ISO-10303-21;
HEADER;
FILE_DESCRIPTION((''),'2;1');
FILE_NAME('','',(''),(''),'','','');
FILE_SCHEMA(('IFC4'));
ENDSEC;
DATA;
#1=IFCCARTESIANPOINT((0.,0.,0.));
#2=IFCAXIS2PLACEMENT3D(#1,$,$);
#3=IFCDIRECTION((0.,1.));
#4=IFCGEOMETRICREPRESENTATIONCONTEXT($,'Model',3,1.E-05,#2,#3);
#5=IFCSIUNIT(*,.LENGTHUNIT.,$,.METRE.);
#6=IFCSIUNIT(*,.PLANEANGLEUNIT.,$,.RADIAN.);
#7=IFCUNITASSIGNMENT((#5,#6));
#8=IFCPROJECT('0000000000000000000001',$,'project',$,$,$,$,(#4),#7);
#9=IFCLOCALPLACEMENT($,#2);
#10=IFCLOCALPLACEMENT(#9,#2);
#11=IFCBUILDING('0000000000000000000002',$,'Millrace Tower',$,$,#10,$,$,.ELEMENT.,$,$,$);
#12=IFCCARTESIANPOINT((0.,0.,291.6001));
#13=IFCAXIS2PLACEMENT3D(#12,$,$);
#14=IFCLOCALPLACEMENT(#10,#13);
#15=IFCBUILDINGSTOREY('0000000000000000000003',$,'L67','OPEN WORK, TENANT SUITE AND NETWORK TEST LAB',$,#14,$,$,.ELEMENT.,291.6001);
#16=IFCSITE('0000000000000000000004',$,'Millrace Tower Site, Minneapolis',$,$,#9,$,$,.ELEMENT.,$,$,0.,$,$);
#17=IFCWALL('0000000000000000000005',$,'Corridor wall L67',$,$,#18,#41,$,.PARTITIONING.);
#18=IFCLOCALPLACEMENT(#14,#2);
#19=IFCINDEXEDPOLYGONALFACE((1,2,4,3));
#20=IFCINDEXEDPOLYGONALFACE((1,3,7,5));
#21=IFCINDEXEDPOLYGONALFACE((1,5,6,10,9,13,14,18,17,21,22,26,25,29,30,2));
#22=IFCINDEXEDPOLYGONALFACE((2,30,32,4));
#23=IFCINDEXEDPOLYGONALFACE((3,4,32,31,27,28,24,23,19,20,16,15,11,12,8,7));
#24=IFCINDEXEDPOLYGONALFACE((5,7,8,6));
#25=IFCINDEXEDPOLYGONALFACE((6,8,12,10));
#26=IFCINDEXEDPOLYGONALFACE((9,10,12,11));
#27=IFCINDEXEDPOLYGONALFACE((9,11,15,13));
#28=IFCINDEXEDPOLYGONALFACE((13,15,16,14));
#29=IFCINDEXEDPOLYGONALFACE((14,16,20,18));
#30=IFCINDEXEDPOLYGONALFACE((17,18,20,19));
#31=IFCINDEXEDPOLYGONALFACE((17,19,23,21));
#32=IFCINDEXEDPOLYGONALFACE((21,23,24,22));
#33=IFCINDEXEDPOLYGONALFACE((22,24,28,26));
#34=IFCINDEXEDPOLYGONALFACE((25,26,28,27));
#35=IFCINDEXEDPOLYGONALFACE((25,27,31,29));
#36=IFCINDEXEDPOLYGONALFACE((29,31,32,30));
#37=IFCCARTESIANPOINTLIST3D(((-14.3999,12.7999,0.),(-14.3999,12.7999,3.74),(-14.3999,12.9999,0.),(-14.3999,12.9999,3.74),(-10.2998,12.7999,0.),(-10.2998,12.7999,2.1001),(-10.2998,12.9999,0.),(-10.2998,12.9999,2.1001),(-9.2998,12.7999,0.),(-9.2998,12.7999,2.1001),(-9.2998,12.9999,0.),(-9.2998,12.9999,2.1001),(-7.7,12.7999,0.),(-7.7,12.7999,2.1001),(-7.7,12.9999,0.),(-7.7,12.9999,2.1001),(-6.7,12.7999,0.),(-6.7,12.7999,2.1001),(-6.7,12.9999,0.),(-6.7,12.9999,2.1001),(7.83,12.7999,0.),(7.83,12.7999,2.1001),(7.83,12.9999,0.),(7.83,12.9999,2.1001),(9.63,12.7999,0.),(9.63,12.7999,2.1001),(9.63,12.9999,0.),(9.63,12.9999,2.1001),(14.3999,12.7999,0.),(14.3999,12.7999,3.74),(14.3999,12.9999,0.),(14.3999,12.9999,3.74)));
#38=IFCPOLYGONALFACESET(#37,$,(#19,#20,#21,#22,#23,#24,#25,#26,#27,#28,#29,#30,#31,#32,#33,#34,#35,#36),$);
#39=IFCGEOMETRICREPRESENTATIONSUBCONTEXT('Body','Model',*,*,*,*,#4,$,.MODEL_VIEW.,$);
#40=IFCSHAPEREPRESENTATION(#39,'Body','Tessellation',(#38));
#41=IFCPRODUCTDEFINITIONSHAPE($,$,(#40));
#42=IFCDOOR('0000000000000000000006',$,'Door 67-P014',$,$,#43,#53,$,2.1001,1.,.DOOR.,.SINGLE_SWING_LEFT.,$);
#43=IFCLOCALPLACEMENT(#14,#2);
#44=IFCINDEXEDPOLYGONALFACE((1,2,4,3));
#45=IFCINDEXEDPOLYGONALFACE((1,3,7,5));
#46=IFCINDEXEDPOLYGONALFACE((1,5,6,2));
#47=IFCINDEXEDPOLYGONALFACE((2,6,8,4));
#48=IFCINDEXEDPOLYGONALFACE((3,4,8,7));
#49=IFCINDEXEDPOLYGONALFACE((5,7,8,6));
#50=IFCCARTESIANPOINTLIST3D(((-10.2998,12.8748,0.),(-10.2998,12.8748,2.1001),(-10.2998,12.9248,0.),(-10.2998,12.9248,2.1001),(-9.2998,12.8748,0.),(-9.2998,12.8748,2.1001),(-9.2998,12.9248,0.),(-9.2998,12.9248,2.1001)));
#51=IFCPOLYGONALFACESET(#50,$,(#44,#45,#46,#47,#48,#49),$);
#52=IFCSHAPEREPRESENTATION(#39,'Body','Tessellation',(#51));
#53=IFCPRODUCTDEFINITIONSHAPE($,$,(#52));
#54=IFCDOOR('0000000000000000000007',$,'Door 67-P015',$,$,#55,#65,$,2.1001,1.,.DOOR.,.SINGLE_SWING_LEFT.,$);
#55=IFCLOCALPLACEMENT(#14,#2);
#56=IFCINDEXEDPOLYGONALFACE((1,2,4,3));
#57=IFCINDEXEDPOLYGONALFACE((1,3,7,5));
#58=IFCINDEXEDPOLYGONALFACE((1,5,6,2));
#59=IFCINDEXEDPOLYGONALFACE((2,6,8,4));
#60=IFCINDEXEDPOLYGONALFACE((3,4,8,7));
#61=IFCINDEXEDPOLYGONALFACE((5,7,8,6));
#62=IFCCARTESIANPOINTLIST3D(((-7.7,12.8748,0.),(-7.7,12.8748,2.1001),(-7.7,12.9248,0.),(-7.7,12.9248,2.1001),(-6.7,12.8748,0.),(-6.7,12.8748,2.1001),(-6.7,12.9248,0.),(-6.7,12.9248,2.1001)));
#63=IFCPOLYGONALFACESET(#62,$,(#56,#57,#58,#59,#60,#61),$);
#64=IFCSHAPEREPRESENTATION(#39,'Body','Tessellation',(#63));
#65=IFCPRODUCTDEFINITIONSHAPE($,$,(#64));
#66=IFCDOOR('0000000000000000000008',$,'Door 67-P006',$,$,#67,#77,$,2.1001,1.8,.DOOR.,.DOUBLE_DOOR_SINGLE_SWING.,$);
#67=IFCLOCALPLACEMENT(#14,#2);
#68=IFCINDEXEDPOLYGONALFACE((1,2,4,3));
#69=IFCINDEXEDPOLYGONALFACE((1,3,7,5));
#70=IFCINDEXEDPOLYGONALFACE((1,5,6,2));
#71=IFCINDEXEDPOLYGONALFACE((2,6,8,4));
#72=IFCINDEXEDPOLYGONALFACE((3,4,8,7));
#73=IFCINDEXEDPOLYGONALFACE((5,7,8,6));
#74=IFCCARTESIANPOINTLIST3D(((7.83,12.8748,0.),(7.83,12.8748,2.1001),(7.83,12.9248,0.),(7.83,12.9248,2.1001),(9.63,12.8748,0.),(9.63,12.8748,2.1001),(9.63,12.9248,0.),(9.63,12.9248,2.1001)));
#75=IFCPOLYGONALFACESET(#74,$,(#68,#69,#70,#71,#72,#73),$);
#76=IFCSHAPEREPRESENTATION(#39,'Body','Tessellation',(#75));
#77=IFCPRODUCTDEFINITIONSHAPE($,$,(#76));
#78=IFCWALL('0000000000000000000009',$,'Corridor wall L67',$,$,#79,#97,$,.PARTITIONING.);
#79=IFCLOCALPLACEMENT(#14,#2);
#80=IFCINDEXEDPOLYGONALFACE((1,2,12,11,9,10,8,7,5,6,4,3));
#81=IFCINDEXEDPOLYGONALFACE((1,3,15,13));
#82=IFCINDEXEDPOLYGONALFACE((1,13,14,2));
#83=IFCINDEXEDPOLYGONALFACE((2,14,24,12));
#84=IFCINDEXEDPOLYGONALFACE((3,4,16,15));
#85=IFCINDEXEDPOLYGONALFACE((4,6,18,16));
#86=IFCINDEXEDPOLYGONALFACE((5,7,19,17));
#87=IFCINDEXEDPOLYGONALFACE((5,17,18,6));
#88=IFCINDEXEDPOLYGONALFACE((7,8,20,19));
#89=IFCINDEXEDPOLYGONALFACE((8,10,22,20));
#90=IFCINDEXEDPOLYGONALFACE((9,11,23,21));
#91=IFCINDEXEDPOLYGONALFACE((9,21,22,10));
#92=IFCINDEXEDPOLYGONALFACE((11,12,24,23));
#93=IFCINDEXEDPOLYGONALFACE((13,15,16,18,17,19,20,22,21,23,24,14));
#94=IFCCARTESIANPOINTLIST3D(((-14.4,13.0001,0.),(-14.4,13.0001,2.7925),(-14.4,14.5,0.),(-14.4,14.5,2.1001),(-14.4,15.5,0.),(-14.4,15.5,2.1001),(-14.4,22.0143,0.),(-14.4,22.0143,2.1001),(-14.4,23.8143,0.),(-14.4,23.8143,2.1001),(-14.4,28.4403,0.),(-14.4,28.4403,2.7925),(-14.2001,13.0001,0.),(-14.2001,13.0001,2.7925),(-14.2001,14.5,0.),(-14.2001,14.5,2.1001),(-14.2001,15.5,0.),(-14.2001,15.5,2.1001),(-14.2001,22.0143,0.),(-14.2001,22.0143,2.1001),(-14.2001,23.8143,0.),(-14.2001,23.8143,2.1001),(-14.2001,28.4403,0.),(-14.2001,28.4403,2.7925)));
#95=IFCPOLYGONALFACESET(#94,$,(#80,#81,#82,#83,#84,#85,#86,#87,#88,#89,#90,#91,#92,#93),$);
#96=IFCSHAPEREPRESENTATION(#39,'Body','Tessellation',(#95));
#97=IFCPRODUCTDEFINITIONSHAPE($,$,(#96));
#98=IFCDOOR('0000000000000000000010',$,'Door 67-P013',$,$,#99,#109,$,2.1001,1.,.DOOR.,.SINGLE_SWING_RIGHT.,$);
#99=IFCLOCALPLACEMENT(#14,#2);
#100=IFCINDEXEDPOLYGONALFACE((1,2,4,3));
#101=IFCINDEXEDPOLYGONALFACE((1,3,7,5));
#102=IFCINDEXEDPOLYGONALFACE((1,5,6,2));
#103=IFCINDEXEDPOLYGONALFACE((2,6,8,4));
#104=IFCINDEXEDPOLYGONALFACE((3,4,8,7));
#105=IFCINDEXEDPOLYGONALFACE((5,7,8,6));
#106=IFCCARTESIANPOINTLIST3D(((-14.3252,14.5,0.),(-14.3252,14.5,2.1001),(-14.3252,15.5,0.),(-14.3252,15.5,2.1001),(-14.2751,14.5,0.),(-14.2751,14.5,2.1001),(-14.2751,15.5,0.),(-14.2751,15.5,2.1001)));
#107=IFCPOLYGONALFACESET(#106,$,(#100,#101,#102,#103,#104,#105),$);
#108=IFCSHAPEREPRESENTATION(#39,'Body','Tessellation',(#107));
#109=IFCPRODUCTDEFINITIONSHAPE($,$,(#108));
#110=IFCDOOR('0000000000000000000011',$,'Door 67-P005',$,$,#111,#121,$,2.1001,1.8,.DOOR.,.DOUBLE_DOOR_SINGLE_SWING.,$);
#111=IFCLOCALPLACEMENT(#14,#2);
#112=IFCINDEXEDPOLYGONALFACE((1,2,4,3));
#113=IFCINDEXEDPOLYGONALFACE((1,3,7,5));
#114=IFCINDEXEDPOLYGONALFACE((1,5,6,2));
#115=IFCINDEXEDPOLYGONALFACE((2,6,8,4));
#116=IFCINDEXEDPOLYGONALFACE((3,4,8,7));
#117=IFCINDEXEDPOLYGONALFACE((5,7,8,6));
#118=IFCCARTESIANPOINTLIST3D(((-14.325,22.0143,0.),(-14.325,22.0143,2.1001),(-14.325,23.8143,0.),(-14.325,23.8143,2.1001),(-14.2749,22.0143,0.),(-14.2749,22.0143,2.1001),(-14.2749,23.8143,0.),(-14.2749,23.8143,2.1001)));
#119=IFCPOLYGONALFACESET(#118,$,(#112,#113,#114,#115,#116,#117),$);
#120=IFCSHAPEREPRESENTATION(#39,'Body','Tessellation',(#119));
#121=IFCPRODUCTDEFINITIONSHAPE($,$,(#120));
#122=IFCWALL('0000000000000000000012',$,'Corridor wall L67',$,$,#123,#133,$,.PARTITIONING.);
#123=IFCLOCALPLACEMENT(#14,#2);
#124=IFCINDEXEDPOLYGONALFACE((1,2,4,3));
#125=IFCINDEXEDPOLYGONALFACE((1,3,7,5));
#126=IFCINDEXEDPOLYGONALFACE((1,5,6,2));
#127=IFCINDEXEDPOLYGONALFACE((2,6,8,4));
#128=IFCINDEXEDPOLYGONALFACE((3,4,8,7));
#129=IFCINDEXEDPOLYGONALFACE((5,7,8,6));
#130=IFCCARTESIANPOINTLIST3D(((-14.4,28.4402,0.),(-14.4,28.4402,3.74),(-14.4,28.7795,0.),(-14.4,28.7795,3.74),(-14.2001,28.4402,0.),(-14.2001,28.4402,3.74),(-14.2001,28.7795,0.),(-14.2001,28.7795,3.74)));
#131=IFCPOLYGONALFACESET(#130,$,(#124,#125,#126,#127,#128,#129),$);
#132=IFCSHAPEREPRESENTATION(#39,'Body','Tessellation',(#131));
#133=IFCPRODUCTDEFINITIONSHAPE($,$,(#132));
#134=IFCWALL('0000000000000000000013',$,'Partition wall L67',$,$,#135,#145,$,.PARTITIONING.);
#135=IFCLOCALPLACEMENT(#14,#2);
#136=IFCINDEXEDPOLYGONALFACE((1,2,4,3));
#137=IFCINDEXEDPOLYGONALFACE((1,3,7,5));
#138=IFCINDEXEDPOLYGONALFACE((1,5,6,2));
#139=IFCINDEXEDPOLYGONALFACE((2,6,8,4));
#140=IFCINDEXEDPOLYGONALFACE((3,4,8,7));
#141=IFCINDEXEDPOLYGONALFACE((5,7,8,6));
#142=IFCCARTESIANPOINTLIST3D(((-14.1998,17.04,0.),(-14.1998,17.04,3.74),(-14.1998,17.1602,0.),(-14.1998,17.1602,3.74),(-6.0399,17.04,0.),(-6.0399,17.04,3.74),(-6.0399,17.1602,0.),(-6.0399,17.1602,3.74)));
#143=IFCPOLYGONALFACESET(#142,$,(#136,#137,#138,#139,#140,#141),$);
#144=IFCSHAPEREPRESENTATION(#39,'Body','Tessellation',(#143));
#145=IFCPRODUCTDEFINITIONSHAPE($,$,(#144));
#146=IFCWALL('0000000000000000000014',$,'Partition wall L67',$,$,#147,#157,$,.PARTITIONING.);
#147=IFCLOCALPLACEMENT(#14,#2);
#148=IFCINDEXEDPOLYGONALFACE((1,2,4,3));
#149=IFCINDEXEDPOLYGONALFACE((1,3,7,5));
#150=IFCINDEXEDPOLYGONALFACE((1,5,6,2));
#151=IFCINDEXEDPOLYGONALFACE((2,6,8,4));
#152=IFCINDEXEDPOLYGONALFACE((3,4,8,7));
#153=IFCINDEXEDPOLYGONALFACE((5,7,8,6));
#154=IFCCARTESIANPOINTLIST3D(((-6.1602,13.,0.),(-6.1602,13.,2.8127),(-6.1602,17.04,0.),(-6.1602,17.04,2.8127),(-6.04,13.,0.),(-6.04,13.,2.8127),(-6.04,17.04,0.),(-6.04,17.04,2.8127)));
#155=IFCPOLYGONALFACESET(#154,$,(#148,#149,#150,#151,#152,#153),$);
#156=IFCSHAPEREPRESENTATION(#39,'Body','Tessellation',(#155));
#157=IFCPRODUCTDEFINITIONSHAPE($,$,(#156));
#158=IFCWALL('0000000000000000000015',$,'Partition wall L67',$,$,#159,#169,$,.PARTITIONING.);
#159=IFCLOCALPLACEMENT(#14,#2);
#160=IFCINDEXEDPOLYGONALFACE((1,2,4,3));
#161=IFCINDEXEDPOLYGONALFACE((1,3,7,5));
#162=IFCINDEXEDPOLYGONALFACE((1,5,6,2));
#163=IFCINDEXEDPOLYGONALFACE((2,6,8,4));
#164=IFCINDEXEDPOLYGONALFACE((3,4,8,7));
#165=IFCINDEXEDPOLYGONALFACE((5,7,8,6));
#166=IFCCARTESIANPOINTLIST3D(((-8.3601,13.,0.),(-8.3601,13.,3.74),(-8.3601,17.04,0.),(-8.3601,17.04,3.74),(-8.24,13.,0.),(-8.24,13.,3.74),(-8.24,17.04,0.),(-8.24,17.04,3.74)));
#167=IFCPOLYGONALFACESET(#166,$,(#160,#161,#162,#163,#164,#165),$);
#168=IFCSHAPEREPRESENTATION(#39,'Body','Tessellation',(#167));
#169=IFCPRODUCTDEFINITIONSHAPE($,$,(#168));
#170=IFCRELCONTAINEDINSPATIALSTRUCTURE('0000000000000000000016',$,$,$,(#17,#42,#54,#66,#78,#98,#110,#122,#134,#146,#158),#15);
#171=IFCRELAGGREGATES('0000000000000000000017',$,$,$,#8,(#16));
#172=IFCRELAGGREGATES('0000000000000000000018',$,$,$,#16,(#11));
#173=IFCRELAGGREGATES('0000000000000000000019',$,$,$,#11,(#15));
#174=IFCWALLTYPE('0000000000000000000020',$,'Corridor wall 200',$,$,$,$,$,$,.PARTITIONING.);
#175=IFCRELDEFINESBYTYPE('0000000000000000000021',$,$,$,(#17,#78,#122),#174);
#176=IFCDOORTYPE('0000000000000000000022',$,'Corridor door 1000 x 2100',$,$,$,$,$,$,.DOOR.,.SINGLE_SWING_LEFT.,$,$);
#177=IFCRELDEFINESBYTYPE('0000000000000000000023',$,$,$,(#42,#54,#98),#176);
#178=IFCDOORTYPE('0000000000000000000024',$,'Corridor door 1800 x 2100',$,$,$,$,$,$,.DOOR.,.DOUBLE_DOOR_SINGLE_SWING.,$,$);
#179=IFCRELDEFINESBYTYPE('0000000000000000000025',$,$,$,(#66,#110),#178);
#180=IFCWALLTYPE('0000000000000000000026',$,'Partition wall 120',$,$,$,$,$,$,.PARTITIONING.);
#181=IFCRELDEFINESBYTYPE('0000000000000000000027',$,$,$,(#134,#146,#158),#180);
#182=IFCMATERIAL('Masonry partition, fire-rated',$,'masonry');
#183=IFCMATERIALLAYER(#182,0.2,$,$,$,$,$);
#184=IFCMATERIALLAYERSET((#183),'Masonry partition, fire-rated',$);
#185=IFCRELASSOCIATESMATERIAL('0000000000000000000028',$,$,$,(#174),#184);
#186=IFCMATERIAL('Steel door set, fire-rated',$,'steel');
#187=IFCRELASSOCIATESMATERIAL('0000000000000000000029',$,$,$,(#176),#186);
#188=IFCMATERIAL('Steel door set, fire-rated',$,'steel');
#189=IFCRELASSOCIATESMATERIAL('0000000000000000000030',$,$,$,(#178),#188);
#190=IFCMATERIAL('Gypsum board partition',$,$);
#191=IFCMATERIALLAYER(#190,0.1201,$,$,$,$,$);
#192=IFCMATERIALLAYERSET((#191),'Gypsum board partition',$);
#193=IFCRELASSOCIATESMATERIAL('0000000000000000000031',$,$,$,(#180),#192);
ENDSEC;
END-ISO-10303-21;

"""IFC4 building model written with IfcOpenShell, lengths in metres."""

from ifc_helpers import new_model, si_unit, direction, frame, frame_2d, origin, place, context, subcontext, project, spatial, rectangle, extrude, material, layer, layer_set, type_object, element, fill, save


model = new_model("IFC4")

# Units and contexts
model_context = context("Model", 3, precision=1e-05, world=origin(), true_north=direction((0.0, 1.0)))
body_context = subcontext(model_context, "Body", "Model", "MODEL_VIEW")
ifc_project = project(units=[si_unit("LENGTHUNIT", "METRE"), si_unit("PLANEANGLEUNIT", "RADIAN")], contexts=[model_context])

# Site, building, storey
site_placement = place(None, origin())
site = spatial("IfcSite", under=ifc_project, at=site_placement, Name="Millrace Tower Site, Minneapolis", CompositionType="ELEMENT", RefElevation=0.0)
building_placement = place(site_placement, origin())
building = spatial("IfcBuilding", under=site, at=building_placement, Name="Millrace Tower", CompositionType="ELEMENT")
storey_placement = place(building_placement, frame((0.0, 0.0, 291.6001)))
storey = spatial("IfcBuildingStorey", under=building, at=storey_placement, Name="L67", Description="OPEN WORK, TENANT SUITE AND NETWORK TEST LAB", CompositionType="ELEMENT", Elevation=291.6001)

# Walls, openings, doors
ifc_material_1 = material(Name="Masonry partition, fire-rated", Category="masonry")
ifc_layer_1 = layer(ifc_material_1, 0.2)
ifc_layer_set_1 = layer_set([ifc_layer_1], Name="Masonry partition, fire-rated")
wall_type_1 = type_object("IfcWallType", Name="Corridor wall 200", PredefinedType="PARTITIONING", material=ifc_layer_set_1)
wall_1_placement = place(storey_placement, frame((-14.3999, 12.8999, 0.0), z_axis=(0.0, 0.0, 1.0), x_axis=(1.0, 0.0, 0.0)))
wall_1 = element("IfcWall", 1, at=wall_1_placement, inside=storey, type_object=wall_type_1, Name="Corridor wall L67", PredefinedType="PARTITIONING", context=body_context, shape_type="SweptSolid", body=[
    extrude(rectangle(XDim=28.7998, YDim=0.2, at=frame_2d((14.3999, 0.0))), origin(), (0.0, 0.0, 1.0), 3.74),
])
opening_1_placement = place(wall_1_placement, frame((22.23, 0.0, 0.0)))
opening_1 = element("IfcOpeningElement", 2, at=opening_1_placement, cuts=wall_1, PredefinedType="OPENING", context=body_context, shape_type="SweptSolid", body=[
    extrude(rectangle(XDim=1.8, YDim=2.1001, at=frame_2d((0.8999, 1.05))), frame((0.0, 0.1099, 0.0), z_axis=(0.0, -1.0, 0.0), x_axis=(1.0, 0.0, 0.0)), (0.0, 0.0, 1.0), 0.22),
])
opening_2_placement = place(wall_1_placement, frame((4.1001, 0.0, 0.0)))
opening_2 = element("IfcOpeningElement", 3, at=opening_2_placement, cuts=wall_1, PredefinedType="OPENING", context=body_context, shape_type="SweptSolid", body=[
    extrude(rectangle(XDim=1.0, YDim=2.1001, at=frame_2d((0.5, 1.05))), frame((0.0, 0.1099, 0.0), z_axis=(0.0, -1.0, 0.0), x_axis=(1.0, 0.0, 0.0)), (0.0, 0.0, 1.0), 0.22),
])
opening_3_placement = place(wall_1_placement, frame((6.7, 0.0, 0.0)))
opening_3 = element("IfcOpeningElement", 4, at=opening_3_placement, cuts=wall_1, PredefinedType="OPENING", context=body_context, shape_type="SweptSolid", body=[
    extrude(rectangle(XDim=1.0, YDim=2.1001, at=frame_2d((0.5, 1.05))), frame((0.0, 0.1099, 0.0), z_axis=(0.0, -1.0, 0.0), x_axis=(1.0, 0.0, 0.0)), (0.0, 0.0, 1.0), 0.22),
])
ifc_material_2 = material(Name="Steel door set, fire-rated", Category="steel")
door_type_1 = type_object("IfcDoorType", Name="Corridor door 1000 x 2100", OperationType="SINGLE_SWING_LEFT", PredefinedType="DOOR", material=ifc_material_2)
door_1_placement = place(opening_2_placement, origin())
door_1 = element("IfcDoor", 5, at=door_1_placement, inside=storey, type_object=door_type_1, Name="Door 67-P014", OperationType="SINGLE_SWING_LEFT", OverallHeight=2.1001, OverallWidth=1.0, PredefinedType="DOOR", context=body_context, shape_type="SweptSolid", body=[
    extrude(rectangle(XDim=1.0, YDim=2.1001, at=frame_2d((0.5, 1.05))), frame((0.0, 0.0249, 0.0), z_axis=(0.0, -1.0, 0.0), x_axis=(1.0, 0.0, 0.0)), (0.0, 0.0, 1.0), 0.05),
])
fill(opening_2, door_1)
door_2_placement = place(opening_3_placement, origin())
door_2 = element("IfcDoor", 6, at=door_2_placement, inside=storey, type_object=door_type_1, Name="Door 67-P015", OperationType="SINGLE_SWING_LEFT", OverallHeight=2.1001, OverallWidth=1.0, PredefinedType="DOOR", context=body_context, shape_type="SweptSolid", body=[
    extrude(rectangle(XDim=1.0, YDim=2.1001, at=frame_2d((0.5, 1.05))), frame((0.0, 0.0249, 0.0), z_axis=(0.0, -1.0, 0.0), x_axis=(1.0, 0.0, 0.0)), (0.0, 0.0, 1.0), 0.05),
])
fill(opening_3, door_2)
ifc_material_3 = material(Name="Steel door set, fire-rated", Category="steel")
door_type_2 = type_object("IfcDoorType", Name="Corridor door 1800 x 2100", OperationType="DOUBLE_DOOR_SINGLE_SWING", PredefinedType="DOOR", material=ifc_material_3)
door_3_placement = place(opening_1_placement, origin())
door_3 = element("IfcDoor", 7, at=door_3_placement, inside=storey, type_object=door_type_2, Name="Door 67-P006", OperationType="DOUBLE_DOOR_SINGLE_SWING", OverallHeight=2.1001, OverallWidth=1.8, PredefinedType="DOOR", context=body_context, shape_type="SweptSolid", body=[
    extrude(rectangle(XDim=1.8, YDim=2.1001, at=frame_2d((0.8999, 1.05))), frame((0.0, 0.0249, 0.0), z_axis=(0.0, -1.0, 0.0), x_axis=(1.0, 0.0, 0.0)), (0.0, 0.0, 1.0), 0.05),
])
fill(opening_1, door_3)
wall_2_placement = place(storey_placement, frame((-14.3, 13.0, 0.0), z_axis=(0.0, 0.0, 1.0), x_axis=(0.0, 1.0, 0.0)))
wall_2 = element("IfcWall", 8, at=wall_2_placement, inside=storey, type_object=wall_type_1, Name="Corridor wall L67", PredefinedType="PARTITIONING", context=body_context, shape_type="SweptSolid", body=[
    extrude(rectangle(XDim=15.4402, YDim=0.2, at=frame_2d((7.7202, 0.0))), origin(), (0.0, 0.0, 1.0), 2.7925),
])
opening_4_placement = place(wall_2_placement, frame((9.0144, 0.0, 0.0)))
opening_4 = element("IfcOpeningElement", 9, at=opening_4_placement, cuts=wall_2, PredefinedType="OPENING", context=body_context, shape_type="SweptSolid", body=[
    extrude(rectangle(XDim=1.8, YDim=2.1001, at=frame_2d((0.8999, 1.05))), frame((0.0, 0.1099, 0.0), z_axis=(0.0, -1.0, 0.0), x_axis=(1.0, 0.0, 0.0)), (0.0, 0.0, 1.0), 0.22),
])
opening_5_placement = place(wall_2_placement, frame((1.5, 0.0, 0.0)))
opening_5 = element("IfcOpeningElement", 10, at=opening_5_placement, cuts=wall_2, PredefinedType="OPENING", context=body_context, shape_type="SweptSolid", body=[
    extrude(rectangle(XDim=1.0, YDim=2.1001, at=frame_2d((0.5, 1.05))), frame((0.0, 0.1099, 0.0), z_axis=(0.0, -1.0, 0.0), x_axis=(1.0, 0.0, 0.0)), (0.0, 0.0, 1.0), 0.22),
])
door_4_placement = place(opening_5_placement, frame((1.0, 0.0, 0.0), z_axis=(0.0, 0.0, 1.0), x_axis=(-1.0, 0.0, 0.0)))
door_4 = element("IfcDoor", 11, at=door_4_placement, inside=storey, type_object=door_type_1, Name="Door 67-P013", OperationType="SINGLE_SWING_RIGHT", OverallHeight=2.1001, OverallWidth=1.0, PredefinedType="DOOR", context=body_context, shape_type="SweptSolid", body=[
    extrude(rectangle(XDim=1.0, YDim=2.1001, at=frame_2d((0.5, 1.05))), frame((0.0, 0.0249, 0.0), z_axis=(0.0, -1.0, 0.0), x_axis=(1.0, 0.0, 0.0)), (0.0, 0.0, 1.0), 0.05),
])
fill(opening_5, door_4)
door_5_placement = place(opening_4_placement, origin())
door_5 = element("IfcDoor", 12, at=door_5_placement, inside=storey, type_object=door_type_2, Name="Door 67-P005", OperationType="DOUBLE_DOOR_SINGLE_SWING", OverallHeight=2.1001, OverallWidth=1.8, PredefinedType="DOOR", context=body_context, shape_type="SweptSolid", body=[
    extrude(rectangle(XDim=1.8, YDim=2.1001, at=frame_2d((0.8999, 1.05))), frame((0.0, 0.0249, 0.0), z_axis=(0.0, -1.0, 0.0), x_axis=(1.0, 0.0, 0.0)), (0.0, 0.0, 1.0), 0.05),
])
fill(opening_4, door_5)

# Walls
wall_3_placement = place(storey_placement, frame((-14.3, 28.4402, 0.0), z_axis=(0.0, 0.0, 1.0), x_axis=(0.0, 1.0, 0.0)))
element("IfcWall", 13, at=wall_3_placement, inside=storey, type_object=wall_type_1, Name="Corridor wall L67", PredefinedType="PARTITIONING", context=body_context, shape_type="SweptSolid", body=[
    extrude(rectangle(XDim=0.3394, YDim=0.2, at=frame_2d((0.1697, 0.0))), origin(), (0.0, 0.0, 1.0), 3.74),
])
ifc_material_4 = material(Name="Gypsum board partition")
ifc_layer_2 = layer(ifc_material_4, 0.1201)
ifc_layer_set_2 = layer_set([ifc_layer_2], Name="Gypsum board partition")
wall_type_2 = type_object("IfcWallType", Name="Partition wall 120", PredefinedType="PARTITIONING", material=ifc_layer_set_2)
wall_4_placement = place(storey_placement, frame((-14.2, 17.1001, 0.0), z_axis=(0.0, 0.0, 1.0), x_axis=(1.0, 0.0, 0.0)))
element("IfcWall", 14, at=wall_4_placement, inside=storey, type_object=wall_type_2, Name="Partition wall L67", PredefinedType="PARTITIONING", context=body_context, shape_type="SweptSolid", body=[
    extrude(rectangle(XDim=8.1599, YDim=0.1201, at=frame_2d((4.0801, 0.0))), origin(), (0.0, 0.0, 1.0), 3.74),
])
wall_5_placement = place(storey_placement, frame((-6.1001, 13.0, 0.0), z_axis=(0.0, 0.0, 1.0), x_axis=(0.0, 1.0, 0.0)))
element("IfcWall", 15, at=wall_5_placement, inside=storey, type_object=wall_type_2, Name="Partition wall L67", PredefinedType="PARTITIONING", context=body_context, shape_type="SweptSolid", body=[
    extrude(rectangle(XDim=4.04, YDim=0.1201, at=frame_2d((2.02, 0.0))), origin(), (0.0, 0.0, 1.0), 2.8127),
])
for number, where, z_axis, x_axis, name in (
    (16, (-8.3, 13.0, 0.0), (0.0, 0.0, 1.0), (0.0, 1.0, 0.0), "Partition wall L67"),
):
    element("IfcWall", number, at=place(storey_placement, frame(where, z_axis=z_axis, x_axis=x_axis)), inside=storey, type_object=wall_type_2, Name=name, PredefinedType="PARTITIONING", context=body_context, shape_type="SweptSolid", body=[
        extrude(rectangle(XDim=4.04, YDim=0.1201, at=frame_2d((2.02, 0.0))), origin(), (0.0, 0.0, 1.0), 3.74),
    ])

save(model, "model.ifc")
